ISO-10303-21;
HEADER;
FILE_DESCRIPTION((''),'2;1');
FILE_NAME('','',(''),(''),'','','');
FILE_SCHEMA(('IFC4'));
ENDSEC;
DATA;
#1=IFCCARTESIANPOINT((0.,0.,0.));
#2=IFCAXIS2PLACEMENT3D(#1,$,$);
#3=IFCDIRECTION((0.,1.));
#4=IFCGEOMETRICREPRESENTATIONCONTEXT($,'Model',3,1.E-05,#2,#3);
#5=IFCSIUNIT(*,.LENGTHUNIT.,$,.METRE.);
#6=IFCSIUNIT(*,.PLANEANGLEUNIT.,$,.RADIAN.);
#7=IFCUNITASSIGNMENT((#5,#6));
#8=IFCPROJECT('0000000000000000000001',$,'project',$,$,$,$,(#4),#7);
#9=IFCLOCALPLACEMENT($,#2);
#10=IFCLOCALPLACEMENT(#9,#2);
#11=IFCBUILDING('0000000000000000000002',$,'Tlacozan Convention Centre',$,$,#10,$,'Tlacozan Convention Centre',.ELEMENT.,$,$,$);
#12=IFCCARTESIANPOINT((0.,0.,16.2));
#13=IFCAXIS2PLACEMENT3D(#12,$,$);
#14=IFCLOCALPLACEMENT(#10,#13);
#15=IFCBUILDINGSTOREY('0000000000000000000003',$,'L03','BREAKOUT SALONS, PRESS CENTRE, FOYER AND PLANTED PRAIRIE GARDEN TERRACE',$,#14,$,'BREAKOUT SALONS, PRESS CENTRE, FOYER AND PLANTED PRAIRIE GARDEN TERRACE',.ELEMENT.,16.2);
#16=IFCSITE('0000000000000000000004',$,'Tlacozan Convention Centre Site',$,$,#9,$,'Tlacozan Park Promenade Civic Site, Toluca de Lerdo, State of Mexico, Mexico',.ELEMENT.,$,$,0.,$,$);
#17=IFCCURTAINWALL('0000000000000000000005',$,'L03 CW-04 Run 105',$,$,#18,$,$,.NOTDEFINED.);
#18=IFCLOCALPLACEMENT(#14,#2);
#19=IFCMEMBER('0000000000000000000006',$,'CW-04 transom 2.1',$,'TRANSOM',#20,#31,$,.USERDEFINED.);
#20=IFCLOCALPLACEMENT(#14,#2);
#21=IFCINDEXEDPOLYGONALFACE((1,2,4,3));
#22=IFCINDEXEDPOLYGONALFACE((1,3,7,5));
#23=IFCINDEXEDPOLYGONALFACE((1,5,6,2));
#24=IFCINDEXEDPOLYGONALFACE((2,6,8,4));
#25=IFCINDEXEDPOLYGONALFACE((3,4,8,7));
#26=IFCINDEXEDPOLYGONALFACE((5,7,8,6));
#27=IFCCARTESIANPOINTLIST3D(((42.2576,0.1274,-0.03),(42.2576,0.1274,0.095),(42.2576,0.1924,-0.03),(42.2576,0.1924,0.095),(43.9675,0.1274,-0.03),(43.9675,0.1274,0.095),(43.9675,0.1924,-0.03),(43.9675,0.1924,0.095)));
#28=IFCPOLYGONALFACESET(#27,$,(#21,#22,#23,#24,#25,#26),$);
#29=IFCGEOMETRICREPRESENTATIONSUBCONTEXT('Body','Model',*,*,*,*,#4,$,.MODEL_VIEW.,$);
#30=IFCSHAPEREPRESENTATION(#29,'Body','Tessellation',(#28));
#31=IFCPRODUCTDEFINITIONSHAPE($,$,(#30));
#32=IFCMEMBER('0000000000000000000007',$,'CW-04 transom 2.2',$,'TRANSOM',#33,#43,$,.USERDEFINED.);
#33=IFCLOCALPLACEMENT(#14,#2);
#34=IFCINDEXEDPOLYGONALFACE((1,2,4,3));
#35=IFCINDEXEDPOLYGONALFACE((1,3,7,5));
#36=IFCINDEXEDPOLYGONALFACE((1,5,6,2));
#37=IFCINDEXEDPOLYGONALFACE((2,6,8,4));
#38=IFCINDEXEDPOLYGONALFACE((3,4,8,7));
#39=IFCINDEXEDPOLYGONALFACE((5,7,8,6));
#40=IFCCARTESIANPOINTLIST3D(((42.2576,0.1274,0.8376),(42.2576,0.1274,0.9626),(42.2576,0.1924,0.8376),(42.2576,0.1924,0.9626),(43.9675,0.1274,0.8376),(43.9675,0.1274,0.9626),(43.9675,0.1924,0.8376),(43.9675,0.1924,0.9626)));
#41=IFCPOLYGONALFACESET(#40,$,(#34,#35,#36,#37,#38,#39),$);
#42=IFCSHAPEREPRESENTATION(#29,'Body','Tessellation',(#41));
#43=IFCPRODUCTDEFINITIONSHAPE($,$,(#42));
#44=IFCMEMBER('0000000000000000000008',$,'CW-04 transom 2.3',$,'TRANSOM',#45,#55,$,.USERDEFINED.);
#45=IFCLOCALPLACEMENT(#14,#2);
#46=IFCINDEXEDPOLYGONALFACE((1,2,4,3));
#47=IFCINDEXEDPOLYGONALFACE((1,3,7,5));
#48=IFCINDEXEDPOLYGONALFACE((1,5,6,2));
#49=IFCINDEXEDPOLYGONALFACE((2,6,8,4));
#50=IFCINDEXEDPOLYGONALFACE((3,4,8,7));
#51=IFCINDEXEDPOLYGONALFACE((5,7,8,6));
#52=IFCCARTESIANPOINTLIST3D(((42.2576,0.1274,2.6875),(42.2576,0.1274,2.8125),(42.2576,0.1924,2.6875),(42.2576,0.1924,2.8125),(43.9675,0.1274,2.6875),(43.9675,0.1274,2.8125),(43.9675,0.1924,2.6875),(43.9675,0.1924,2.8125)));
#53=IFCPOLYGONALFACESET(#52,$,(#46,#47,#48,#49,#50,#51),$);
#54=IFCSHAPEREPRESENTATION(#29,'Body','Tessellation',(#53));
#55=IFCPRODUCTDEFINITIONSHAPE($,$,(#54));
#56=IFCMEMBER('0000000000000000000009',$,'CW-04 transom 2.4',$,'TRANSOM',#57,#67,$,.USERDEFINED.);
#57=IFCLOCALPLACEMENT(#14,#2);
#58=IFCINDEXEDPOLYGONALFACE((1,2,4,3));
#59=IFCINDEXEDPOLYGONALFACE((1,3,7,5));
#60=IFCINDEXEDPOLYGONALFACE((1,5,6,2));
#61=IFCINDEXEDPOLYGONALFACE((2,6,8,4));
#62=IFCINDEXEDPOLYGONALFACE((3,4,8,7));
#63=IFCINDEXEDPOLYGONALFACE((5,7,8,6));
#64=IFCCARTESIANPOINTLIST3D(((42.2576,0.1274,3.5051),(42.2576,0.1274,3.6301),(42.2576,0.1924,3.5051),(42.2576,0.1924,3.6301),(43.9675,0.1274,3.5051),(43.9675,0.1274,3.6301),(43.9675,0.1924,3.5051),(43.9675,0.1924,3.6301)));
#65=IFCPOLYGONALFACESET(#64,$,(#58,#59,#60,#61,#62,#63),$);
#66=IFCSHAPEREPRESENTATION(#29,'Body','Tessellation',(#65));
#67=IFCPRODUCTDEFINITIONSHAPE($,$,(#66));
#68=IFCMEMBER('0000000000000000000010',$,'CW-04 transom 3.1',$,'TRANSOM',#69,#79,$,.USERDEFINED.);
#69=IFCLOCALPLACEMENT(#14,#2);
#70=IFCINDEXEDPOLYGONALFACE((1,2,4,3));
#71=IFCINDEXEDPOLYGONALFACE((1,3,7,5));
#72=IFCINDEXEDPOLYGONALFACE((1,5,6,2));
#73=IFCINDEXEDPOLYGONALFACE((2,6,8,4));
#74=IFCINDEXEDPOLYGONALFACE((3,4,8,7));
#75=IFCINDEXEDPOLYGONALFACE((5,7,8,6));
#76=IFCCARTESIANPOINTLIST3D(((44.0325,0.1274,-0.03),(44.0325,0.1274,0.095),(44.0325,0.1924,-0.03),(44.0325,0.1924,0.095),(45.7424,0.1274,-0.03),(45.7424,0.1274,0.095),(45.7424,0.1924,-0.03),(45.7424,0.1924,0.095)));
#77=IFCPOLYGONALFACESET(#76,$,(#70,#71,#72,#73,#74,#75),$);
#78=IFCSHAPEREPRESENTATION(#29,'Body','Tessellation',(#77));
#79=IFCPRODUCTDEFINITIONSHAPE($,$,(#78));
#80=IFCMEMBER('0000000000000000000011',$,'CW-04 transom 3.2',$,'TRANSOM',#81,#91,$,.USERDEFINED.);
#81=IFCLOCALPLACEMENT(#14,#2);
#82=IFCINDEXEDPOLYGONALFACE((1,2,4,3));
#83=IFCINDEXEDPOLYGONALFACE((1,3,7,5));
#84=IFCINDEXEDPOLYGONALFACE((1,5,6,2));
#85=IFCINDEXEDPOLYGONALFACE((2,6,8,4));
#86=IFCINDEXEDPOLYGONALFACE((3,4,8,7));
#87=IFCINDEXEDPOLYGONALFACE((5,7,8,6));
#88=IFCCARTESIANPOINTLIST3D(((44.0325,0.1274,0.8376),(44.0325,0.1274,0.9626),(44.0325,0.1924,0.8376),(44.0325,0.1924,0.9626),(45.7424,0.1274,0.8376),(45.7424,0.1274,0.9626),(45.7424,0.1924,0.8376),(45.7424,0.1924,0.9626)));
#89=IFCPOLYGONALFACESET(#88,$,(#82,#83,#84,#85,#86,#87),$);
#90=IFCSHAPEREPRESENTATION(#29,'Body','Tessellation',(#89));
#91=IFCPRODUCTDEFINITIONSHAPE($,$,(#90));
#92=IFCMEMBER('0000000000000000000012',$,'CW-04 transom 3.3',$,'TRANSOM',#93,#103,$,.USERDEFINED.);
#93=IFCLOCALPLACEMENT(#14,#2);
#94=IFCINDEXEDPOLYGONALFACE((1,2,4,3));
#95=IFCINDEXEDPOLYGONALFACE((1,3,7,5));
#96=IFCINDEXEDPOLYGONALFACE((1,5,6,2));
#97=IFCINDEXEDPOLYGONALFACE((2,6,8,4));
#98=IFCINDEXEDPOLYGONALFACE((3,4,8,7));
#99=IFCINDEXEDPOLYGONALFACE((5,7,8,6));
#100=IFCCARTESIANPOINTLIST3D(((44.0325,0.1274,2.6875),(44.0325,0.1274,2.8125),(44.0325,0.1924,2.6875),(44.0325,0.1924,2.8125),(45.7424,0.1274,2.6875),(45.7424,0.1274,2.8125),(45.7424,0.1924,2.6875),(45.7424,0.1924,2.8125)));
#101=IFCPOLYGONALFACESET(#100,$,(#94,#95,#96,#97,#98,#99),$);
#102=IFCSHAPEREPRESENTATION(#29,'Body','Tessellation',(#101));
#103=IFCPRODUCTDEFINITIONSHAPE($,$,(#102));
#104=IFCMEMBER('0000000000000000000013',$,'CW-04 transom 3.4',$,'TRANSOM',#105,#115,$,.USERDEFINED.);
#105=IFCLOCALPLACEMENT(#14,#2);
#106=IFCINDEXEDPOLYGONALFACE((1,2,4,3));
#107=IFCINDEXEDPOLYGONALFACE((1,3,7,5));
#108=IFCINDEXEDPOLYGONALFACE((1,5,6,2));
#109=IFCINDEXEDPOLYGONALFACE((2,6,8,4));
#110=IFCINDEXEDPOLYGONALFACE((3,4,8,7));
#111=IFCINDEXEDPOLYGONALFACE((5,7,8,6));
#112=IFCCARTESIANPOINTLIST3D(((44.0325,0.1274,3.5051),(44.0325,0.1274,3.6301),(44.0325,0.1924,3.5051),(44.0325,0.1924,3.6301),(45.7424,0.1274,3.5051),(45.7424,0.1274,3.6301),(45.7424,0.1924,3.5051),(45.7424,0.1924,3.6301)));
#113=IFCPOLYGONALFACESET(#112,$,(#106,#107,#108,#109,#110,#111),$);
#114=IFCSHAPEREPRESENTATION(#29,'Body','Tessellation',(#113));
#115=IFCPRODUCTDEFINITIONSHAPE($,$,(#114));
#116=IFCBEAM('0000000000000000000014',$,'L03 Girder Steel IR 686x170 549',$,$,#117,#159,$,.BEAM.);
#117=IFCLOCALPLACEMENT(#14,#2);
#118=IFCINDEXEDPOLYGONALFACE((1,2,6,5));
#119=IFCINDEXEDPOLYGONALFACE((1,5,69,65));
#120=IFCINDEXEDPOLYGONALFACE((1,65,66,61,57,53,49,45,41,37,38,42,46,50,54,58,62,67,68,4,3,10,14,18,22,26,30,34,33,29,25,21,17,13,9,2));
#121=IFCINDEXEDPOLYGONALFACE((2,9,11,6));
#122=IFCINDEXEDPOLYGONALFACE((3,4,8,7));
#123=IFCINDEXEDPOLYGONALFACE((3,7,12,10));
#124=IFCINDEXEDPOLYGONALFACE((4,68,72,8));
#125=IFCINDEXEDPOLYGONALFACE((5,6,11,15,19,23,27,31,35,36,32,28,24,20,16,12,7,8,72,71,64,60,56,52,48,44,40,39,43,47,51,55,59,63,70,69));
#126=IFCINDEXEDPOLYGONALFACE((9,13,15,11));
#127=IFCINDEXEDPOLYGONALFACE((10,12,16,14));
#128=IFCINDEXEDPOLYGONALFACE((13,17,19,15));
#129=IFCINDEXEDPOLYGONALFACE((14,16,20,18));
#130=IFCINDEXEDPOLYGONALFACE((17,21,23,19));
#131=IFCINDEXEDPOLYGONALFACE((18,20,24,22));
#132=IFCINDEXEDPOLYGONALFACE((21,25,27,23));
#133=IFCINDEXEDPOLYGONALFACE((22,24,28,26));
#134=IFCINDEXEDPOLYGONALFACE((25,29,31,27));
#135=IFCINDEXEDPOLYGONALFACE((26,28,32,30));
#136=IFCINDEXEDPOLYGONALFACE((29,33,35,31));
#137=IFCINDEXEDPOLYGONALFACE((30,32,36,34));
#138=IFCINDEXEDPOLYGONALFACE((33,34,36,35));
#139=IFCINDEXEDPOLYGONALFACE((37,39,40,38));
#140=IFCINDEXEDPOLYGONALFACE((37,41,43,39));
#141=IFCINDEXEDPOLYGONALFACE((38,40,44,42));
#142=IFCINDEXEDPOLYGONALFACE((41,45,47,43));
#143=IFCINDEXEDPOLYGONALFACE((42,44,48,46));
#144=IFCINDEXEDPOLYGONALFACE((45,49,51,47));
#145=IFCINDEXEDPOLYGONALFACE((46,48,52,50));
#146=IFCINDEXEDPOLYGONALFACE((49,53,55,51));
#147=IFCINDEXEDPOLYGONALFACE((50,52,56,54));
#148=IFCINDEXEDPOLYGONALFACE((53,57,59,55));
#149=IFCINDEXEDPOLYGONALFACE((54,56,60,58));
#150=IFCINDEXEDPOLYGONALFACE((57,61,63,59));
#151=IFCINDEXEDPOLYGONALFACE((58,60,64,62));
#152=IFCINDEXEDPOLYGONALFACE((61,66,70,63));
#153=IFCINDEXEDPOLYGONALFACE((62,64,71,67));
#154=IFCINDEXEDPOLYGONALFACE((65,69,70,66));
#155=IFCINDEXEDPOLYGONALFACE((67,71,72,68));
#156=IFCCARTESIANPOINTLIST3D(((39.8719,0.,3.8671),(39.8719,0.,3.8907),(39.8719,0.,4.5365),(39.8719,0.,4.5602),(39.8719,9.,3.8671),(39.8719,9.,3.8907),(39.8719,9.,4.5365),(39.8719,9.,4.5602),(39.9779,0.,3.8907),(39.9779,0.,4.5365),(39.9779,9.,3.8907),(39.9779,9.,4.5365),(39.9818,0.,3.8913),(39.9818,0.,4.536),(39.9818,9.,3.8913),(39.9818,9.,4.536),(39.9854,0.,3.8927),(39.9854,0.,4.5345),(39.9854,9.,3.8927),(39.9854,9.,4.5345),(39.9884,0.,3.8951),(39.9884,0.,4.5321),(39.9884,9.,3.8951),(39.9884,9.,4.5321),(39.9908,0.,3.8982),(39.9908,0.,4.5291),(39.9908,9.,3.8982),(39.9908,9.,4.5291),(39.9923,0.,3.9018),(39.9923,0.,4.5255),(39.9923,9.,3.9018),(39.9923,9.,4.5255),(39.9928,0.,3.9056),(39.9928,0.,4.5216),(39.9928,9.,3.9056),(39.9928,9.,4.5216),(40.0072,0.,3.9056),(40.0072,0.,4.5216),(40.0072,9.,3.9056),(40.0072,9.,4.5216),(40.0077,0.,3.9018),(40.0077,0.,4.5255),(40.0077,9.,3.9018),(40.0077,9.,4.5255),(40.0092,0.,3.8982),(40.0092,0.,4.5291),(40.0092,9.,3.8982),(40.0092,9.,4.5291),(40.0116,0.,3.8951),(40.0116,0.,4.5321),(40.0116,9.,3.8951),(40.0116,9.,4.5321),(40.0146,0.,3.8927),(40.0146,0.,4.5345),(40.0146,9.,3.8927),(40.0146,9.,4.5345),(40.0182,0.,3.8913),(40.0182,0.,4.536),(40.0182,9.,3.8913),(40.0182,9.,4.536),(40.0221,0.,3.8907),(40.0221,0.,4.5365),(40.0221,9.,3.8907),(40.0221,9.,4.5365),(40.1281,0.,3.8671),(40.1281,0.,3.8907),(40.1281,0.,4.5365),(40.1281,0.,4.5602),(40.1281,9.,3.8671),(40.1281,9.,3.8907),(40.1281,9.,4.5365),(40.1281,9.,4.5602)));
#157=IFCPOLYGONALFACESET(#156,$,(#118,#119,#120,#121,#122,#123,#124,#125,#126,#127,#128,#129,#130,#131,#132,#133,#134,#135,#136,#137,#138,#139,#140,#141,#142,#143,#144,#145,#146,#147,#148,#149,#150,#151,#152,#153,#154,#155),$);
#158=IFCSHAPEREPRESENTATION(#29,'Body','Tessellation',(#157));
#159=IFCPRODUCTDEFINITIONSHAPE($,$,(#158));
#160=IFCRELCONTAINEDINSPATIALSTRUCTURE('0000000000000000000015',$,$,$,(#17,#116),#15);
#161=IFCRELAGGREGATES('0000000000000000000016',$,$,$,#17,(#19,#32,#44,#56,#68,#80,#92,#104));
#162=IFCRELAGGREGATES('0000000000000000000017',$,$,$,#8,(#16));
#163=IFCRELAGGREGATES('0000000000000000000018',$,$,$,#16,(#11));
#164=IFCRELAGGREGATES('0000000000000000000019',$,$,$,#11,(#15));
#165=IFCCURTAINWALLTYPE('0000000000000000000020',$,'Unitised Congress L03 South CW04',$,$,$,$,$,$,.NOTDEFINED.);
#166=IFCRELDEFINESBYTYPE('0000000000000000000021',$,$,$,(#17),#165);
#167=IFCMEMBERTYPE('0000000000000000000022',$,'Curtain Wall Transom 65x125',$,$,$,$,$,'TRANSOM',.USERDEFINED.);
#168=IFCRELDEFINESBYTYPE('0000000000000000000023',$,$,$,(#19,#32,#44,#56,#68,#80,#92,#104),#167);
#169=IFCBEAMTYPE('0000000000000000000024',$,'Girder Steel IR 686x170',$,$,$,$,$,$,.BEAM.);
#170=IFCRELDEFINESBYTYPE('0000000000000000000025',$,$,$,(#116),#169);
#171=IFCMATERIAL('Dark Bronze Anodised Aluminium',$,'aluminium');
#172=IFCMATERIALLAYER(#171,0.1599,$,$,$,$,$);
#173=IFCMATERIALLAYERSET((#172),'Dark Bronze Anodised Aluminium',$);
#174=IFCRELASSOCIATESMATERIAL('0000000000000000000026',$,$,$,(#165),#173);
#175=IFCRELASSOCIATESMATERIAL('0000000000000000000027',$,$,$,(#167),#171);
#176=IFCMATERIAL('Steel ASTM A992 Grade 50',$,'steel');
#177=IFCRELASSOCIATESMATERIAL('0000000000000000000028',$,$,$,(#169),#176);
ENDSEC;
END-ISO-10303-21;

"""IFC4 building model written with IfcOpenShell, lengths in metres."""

from ifc_helpers import new_model, si_unit, direction, frame, origin, origin_2d, place, context, subcontext, project, spatial, rectangle, i_section, extrude, material, layer, layer_set, material_profile, profile_set, type_object, element, aggregate, save


model = new_model("IFC4")

# Units and contexts
model_context = context("Model", 3, precision=1e-05, world=origin(), true_north=direction((0.0, 1.0)))
body_context = subcontext(model_context, "Body", "Model", "MODEL_VIEW")
ifc_project = project(units=[si_unit("LENGTHUNIT", "METRE"), si_unit("PLANEANGLEUNIT", "RADIAN")], contexts=[model_context])

# Site, building, storey
site_placement = place(None, origin())
site = spatial("IfcSite", under=ifc_project, at=site_placement, Name="Tlacozan Convention Centre Site", LongName="Tlacozan Park Promenade Civic Site, Toluca de Lerdo, State of Mexico, Mexico", CompositionType="ELEMENT", RefElevation=0.0)
building_placement = place(site_placement, origin())
building = spatial("IfcBuilding", under=site, at=building_placement, Name="Tlacozan Convention Centre", LongName="Tlacozan Convention Centre", CompositionType="ELEMENT")
storey_placement = place(building_placement, frame((0.0, 0.0, 16.2)))
storey = spatial("IfcBuildingStorey", under=building, at=storey_placement, Name="L03", Description="BREAKOUT SALONS, PRESS CENTRE, FOYER AND PLANTED PRAIRIE GARDEN TERRACE", LongName="BREAKOUT SALONS, PRESS CENTRE, FOYER AND PLANTED PRAIRIE GARDEN TERRACE", CompositionType="ELEMENT", Elevation=16.2)

# Shared definitions
ifc_material_1 = material(Name="Dark Bronze Anodised Aluminium", Category="aluminium")
ifc_layer_1 = layer(ifc_material_1, 0.1599)
ifc_layer_set_1 = layer_set([ifc_layer_1], Name="Dark Bronze Anodised Aluminium")
curtain_wall_type = type_object("IfcCurtainWallType", Name="Unitised Congress L03 South CW04", PredefinedType="NOTDEFINED", material=ifc_layer_set_1)

# Curtain wall
curtain_wall_1_placement = place(storey_placement, origin())
curtain_wall_1 = element("IfcCurtainWall", 1, at=curtain_wall_1_placement, inside=storey, type_object=curtain_wall_type, Name="L03 CW-04 Run 105", PredefinedType="NOTDEFINED")

# Members
ifc_material_profile_1 = material_profile(ifc_material_1, rectangle(XDim=0.0649, YDim=0.125, at=origin_2d()), Name="ALU 65x125")
ifc_profile_set_1 = profile_set([ifc_material_profile_1], Name="Dark Bronze Anodised Aluminium")
member_type_1 = type_object("IfcMemberType", Name="Curtain Wall Transom 65x125", ElementType="TRANSOM", PredefinedType="USERDEFINED", material=ifc_profile_set_1)
member_1_placement = place(storey_placement, frame((42.2576, 0.1599, 0.0325), z_axis=(1.0, 0.0, 0.0), x_axis=(0.0, 1.0, 0.0)))
member_1 = element("IfcMember", 2, at=member_1_placement, type_object=member_type_1, Name="CW-04 transom 2.1", ObjectType="TRANSOM", PredefinedType="USERDEFINED", context=body_context, shape_type="SweptSolid", body=[
    extrude(rectangle(XDim=0.0649, YDim=0.125, at=origin_2d()), origin(), (0.0, 0.0, 1.0), 1.71),
])
member_2_placement = place(storey_placement, frame((42.2576, 0.1599, 0.9001), z_axis=(1.0, 0.0, 0.0), x_axis=(0.0, 1.0, 0.0)))
member_2 = element("IfcMember", 3, at=member_2_placement, type_object=member_type_1, Name="CW-04 transom 2.2", ObjectType="TRANSOM", PredefinedType="USERDEFINED", context=body_context, shape_type="SweptSolid", body=[
    extrude(rectangle(XDim=0.0649, YDim=0.125, at=origin_2d()), origin(), (0.0, 0.0, 1.0), 1.71),
])
member_3_placement = place(storey_placement, frame((42.2576, 0.1599, 2.75), z_axis=(1.0, 0.0, 0.0), x_axis=(0.0, 1.0, 0.0)))
member_3 = element("IfcMember", 4, at=member_3_placement, type_object=member_type_1, Name="CW-04 transom 2.3", ObjectType="TRANSOM", PredefinedType="USERDEFINED", context=body_context, shape_type="SweptSolid", body=[
    extrude(rectangle(XDim=0.0649, YDim=0.125, at=origin_2d()), origin(), (0.0, 0.0, 1.0), 1.71),
])
member_4_placement = place(storey_placement, frame((42.2576, 0.1599, 3.5676), z_axis=(1.0, 0.0, 0.0), x_axis=(0.0, 1.0, 0.0)))
member_4 = element("IfcMember", 5, at=member_4_placement, type_object=member_type_1, Name="CW-04 transom 2.4", ObjectType="TRANSOM", PredefinedType="USERDEFINED", context=body_context, shape_type="SweptSolid", body=[
    extrude(rectangle(XDim=0.0649, YDim=0.125, at=origin_2d()), origin(), (0.0, 0.0, 1.0), 1.71),
])
member_5_placement = place(storey_placement, frame((44.0325, 0.1599, 0.0325), z_axis=(1.0, 0.0, 0.0), x_axis=(0.0, 1.0, 0.0)))
member_5 = element("IfcMember", 6, at=member_5_placement, type_object=member_type_1, Name="CW-04 transom 3.1", ObjectType="TRANSOM", PredefinedType="USERDEFINED", context=body_context, shape_type="SweptSolid", body=[
    extrude(rectangle(XDim=0.0649, YDim=0.125, at=origin_2d()), origin(), (0.0, 0.0, 1.0), 1.71),
])
member_6_placement = place(storey_placement, frame((44.0325, 0.1599, 0.9001), z_axis=(1.0, 0.0, 0.0), x_axis=(0.0, 1.0, 0.0)))
member_6 = element("IfcMember", 7, at=member_6_placement, type_object=member_type_1, Name="CW-04 transom 3.2", ObjectType="TRANSOM", PredefinedType="USERDEFINED", context=body_context, shape_type="SweptSolid", body=[
    extrude(rectangle(XDim=0.0649, YDim=0.125, at=origin_2d()), origin(), (0.0, 0.0, 1.0), 1.71),
])
member_7_placement = place(storey_placement, frame((44.0325, 0.1599, 2.75), z_axis=(1.0, 0.0, 0.0), x_axis=(0.0, 1.0, 0.0)))
member_7 = element("IfcMember", 8, at=member_7_placement, type_object=member_type_1, Name="CW-04 transom 3.3", ObjectType="TRANSOM", PredefinedType="USERDEFINED", context=body_context, shape_type="SweptSolid", body=[
    extrude(rectangle(XDim=0.0649, YDim=0.125, at=origin_2d()), origin(), (0.0, 0.0, 1.0), 1.71),
])
member_8_placement = place(storey_placement, frame((44.0325, 0.1599, 3.5676), z_axis=(1.0, 0.0, 0.0), x_axis=(0.0, 1.0, 0.0)))
member_8 = element("IfcMember", 9, at=member_8_placement, type_object=member_type_1, Name="CW-04 transom 3.4", ObjectType="TRANSOM", PredefinedType="USERDEFINED", context=body_context, shape_type="SweptSolid", body=[
    extrude(rectangle(XDim=0.0649, YDim=0.125, at=origin_2d()), origin(), (0.0, 0.0, 1.0), 1.71),
])

# Beam
ifc_material_2 = material(Name="Steel ASTM A992 Grade 50", Category="steel")
ifc_material_profile_2 = material_profile(ifc_material_2, i_section(OverallWidth=0.2561, OverallDepth=0.6931, WebThickness=0.0144, FlangeThickness=0.0237, FilletRadius=0.0149, at=origin_2d()), Name="IR 686x170.0")
ifc_profile_set_2 = profile_set([ifc_material_profile_2], Name="Steel ASTM A992 Grade 50")
beam_type_1 = type_object("IfcBeamType", Name="Girder Steel IR 686x170", PredefinedType="BEAM", material=ifc_profile_set_2)
beam_1_placement = place(storey_placement, frame((40.0, 0.0, 4.2136), z_axis=(0.0, 1.0, 0.0), x_axis=(-1.0, 0.0, 0.0)))
element("IfcBeam", 10, at=beam_1_placement, inside=storey, type_object=beam_type_1, Name="L03 Girder Steel IR 686x170 549", PredefinedType="BEAM", context=body_context, shape_type="SweptSolid", body=[
    extrude(i_section(OverallWidth=0.2561, OverallDepth=0.6931, WebThickness=0.0144, FlangeThickness=0.0237, FilletRadius=0.0149, at=origin_2d()), origin(), (0.0, 0.0, 1.0), 9.0),
])

aggregate(curtain_wall_1, [member_1, member_2, member_3, member_4, member_5, member_6, member_7, member_8])

save(model, "model.ifc")
